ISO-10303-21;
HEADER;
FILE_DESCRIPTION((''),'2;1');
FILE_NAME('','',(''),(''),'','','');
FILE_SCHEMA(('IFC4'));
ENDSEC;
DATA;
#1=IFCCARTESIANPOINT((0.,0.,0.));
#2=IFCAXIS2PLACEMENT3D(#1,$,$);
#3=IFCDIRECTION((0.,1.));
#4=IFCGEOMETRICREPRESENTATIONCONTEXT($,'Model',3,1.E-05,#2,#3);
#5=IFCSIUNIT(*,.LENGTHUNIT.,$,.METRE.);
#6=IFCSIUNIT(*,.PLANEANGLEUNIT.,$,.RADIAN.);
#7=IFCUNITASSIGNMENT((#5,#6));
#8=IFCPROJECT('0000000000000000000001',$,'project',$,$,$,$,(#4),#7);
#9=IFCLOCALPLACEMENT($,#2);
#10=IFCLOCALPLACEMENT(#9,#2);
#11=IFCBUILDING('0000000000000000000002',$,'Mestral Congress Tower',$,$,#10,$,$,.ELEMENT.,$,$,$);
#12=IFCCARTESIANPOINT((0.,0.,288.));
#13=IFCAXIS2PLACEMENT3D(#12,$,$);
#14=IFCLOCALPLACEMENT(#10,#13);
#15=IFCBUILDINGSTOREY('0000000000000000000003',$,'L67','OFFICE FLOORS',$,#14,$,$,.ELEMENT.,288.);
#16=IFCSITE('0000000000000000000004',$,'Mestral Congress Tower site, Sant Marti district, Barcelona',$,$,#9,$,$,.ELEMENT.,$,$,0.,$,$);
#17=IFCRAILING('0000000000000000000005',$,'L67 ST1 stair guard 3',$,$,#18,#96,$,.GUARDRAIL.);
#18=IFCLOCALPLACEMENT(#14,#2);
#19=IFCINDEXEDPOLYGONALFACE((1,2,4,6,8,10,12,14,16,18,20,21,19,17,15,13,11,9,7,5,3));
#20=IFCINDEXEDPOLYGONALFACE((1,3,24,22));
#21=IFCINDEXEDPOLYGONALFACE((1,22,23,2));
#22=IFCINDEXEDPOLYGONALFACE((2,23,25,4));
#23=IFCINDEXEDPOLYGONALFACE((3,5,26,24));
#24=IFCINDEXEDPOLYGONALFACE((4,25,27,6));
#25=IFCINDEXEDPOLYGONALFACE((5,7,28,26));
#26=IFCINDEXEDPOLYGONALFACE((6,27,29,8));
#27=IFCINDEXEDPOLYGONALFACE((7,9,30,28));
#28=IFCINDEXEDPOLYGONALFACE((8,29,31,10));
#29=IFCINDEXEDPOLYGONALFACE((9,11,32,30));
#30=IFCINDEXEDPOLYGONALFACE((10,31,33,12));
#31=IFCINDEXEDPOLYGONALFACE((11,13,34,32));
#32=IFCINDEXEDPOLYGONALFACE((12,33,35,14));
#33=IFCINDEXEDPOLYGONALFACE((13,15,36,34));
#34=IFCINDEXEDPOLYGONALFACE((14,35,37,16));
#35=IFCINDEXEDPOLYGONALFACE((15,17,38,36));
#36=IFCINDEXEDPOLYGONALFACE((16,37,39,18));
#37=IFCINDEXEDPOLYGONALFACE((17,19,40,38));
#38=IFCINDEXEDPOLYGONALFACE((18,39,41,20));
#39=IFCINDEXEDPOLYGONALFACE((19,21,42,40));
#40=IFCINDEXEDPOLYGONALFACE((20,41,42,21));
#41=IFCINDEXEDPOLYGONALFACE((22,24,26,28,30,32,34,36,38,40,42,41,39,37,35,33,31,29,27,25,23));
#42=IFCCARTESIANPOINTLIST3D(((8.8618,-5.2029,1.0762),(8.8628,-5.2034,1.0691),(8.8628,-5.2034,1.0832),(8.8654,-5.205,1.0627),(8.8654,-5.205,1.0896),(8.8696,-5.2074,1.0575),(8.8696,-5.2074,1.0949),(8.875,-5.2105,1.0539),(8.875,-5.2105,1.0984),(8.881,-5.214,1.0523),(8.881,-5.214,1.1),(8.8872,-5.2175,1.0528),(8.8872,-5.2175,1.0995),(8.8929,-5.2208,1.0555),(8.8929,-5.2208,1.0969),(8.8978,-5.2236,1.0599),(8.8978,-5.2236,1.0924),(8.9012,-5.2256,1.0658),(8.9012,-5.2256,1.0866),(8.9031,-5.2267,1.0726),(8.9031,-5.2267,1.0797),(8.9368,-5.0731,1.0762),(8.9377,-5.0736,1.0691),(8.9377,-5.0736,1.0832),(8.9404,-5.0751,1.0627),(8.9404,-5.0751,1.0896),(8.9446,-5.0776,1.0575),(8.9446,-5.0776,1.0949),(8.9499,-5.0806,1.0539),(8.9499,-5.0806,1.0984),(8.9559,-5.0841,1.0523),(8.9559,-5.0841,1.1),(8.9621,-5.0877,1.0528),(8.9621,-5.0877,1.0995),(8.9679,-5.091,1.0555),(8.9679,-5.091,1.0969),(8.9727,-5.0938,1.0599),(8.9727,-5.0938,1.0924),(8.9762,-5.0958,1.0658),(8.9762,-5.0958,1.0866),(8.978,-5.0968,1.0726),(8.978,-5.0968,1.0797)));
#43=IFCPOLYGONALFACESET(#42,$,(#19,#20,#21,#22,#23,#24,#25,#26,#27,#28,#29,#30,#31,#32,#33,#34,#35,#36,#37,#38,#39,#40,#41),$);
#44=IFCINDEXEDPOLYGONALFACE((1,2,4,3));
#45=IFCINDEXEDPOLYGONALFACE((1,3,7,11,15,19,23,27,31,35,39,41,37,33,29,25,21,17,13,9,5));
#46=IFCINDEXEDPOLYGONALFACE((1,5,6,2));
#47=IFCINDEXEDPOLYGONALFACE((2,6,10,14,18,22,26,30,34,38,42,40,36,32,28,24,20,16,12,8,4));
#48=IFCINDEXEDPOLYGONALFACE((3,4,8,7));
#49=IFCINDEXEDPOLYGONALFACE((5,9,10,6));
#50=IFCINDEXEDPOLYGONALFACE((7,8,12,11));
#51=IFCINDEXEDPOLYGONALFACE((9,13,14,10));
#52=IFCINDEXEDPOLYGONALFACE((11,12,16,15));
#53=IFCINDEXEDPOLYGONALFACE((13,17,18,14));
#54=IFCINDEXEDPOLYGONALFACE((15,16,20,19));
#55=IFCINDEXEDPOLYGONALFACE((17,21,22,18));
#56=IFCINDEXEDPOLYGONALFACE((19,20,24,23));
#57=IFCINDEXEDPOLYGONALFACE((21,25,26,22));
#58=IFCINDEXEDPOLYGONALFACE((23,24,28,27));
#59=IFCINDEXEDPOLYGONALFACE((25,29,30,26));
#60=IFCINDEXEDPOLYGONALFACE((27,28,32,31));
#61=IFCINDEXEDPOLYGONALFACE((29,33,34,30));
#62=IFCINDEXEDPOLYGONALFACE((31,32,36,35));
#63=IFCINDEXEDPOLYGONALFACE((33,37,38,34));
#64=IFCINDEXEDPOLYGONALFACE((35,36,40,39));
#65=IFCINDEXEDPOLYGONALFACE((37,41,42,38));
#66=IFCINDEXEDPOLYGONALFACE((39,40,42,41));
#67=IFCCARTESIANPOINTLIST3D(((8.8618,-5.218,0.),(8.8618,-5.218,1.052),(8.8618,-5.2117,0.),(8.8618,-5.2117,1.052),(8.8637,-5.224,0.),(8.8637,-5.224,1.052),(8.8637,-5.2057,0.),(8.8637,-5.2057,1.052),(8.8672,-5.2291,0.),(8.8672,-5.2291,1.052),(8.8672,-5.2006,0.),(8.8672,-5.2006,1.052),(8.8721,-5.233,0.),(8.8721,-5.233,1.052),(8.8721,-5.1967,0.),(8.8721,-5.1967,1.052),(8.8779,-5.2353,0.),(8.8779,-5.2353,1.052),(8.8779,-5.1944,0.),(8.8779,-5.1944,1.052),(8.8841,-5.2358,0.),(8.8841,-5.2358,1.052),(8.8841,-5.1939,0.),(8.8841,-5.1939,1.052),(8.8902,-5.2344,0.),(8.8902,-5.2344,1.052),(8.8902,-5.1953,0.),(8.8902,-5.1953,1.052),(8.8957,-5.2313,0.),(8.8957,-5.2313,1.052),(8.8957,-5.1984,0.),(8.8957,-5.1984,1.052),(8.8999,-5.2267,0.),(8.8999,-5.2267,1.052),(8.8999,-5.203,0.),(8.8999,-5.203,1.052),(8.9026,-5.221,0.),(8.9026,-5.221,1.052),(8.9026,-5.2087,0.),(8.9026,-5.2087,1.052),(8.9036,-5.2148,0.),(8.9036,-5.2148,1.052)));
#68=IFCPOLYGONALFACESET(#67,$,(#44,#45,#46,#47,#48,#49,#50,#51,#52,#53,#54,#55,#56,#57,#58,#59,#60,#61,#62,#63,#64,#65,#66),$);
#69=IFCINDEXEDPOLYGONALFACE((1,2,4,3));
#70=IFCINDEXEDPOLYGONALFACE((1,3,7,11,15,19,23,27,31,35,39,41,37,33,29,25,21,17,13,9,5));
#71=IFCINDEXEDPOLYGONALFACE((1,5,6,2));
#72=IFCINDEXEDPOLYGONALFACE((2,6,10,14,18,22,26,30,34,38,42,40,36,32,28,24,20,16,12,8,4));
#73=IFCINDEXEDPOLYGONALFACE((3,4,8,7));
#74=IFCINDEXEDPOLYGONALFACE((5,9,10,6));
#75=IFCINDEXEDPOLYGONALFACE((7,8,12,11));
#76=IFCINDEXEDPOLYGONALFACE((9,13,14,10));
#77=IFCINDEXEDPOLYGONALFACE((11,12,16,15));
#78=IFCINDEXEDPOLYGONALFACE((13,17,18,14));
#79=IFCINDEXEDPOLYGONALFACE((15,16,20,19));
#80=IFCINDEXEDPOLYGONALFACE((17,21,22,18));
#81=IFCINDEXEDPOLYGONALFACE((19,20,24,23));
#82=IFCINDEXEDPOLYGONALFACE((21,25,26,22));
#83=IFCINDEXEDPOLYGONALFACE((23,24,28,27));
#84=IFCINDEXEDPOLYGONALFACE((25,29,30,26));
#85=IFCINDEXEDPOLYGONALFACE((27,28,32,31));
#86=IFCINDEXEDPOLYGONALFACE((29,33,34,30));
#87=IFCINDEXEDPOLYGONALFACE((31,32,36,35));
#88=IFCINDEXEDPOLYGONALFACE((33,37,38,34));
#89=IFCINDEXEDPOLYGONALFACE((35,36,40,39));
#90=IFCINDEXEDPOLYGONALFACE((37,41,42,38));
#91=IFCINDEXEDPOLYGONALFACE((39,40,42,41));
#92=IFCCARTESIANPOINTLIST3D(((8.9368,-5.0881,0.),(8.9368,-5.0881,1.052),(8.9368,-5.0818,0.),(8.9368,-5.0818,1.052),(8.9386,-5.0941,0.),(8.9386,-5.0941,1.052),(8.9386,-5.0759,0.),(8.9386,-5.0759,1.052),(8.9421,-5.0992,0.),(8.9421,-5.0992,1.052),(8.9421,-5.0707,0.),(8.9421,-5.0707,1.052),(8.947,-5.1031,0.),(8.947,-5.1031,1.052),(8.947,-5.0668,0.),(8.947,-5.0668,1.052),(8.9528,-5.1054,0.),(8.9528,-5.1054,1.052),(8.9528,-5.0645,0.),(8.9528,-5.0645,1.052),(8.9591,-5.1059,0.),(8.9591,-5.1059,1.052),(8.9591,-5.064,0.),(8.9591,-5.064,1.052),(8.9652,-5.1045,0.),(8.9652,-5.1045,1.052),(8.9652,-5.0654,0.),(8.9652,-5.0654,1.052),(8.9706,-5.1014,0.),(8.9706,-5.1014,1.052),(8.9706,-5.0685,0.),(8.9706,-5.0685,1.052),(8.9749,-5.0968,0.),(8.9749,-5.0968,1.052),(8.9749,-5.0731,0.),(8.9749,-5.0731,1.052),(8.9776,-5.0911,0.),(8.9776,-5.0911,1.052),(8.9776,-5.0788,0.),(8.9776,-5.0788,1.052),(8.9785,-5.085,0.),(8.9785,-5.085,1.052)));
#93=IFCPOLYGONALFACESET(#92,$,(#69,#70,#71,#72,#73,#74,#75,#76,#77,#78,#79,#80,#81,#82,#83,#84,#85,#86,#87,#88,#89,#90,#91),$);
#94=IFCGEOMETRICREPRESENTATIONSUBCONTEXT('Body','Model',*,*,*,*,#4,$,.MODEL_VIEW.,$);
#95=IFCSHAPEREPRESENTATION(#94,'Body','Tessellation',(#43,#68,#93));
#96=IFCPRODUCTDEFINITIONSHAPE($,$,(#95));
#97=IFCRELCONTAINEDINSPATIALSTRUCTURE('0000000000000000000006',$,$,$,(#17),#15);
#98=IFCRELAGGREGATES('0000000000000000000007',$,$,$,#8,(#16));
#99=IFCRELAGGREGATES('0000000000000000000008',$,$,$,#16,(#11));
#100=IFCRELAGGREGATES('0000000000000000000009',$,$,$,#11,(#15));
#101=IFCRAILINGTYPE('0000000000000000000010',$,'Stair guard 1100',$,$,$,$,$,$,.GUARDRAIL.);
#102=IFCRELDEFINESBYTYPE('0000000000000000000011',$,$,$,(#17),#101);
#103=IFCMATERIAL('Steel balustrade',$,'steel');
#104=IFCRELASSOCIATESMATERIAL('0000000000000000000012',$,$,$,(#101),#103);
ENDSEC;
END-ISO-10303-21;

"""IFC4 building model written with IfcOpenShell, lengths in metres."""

from ifc_helpers import new_model, si_unit, direction, frame, origin, origin_2d, place, context, subcontext, project, spatial, circle, extrude, material, type_object, element, save


model = new_model("IFC4")

# Units and contexts
model_context = context("Model", 3, precision=1e-05, world=origin(), true_north=direction((0.0, 1.0)))
body_context = subcontext(model_context, "Body", "Model", "MODEL_VIEW")
ifc_project = project(units=[si_unit("LENGTHUNIT", "METRE"), si_unit("PLANEANGLEUNIT", "RADIAN")], contexts=[model_context])

# Site, building, storey
site_placement = place(None, origin())
site = spatial("IfcSite", under=ifc_project, at=site_placement, Name="Mestral Congress Tower site, Sant Marti district, Barcelona", CompositionType="ELEMENT", RefElevation=0.0)
building_placement = place(site_placement, origin())
building = spatial("IfcBuilding", under=site, at=building_placement, Name="Mestral Congress Tower", CompositionType="ELEMENT")
storey_placement = place(building_placement, frame((0.0, 0.0, 288.0)))
storey = spatial("IfcBuildingStorey", under=building, at=storey_placement, Name="L67", Description="OFFICE FLOORS", CompositionType="ELEMENT", Elevation=288.0)

# Railing
ifc_material_1 = material(Name="Steel balustrade", Category="steel")
railing_type_1 = type_object("IfcRailingType", Name="Stair guard 1100", PredefinedType="GUARDRAIL", material=ifc_material_1)
railing_1_placement = place(storey_placement, frame((8.8826, -5.2148, 0.0)))
element("IfcRailing", 1, at=railing_1_placement, inside=storey, type_object=railing_type_1, Name="L67 ST1 stair guard 3", PredefinedType="GUARDRAIL", context=body_context, shape_type="SweptSolid", body=[
    extrude(circle(Radius=0.0239, at=origin_2d()), frame((0.0, 0.0, 1.0762), z_axis=(0.499816, 0.866131, 0.0), x_axis=(-0.866131, 0.499816, 0.0)), (0.0, 0.0, 1.0), 0.1499),
    extrude(circle(Radius=0.021, at=origin_2d()), origin(), (0.0, 0.0, 1.0), 1.052),
    extrude(circle(Radius=0.021, at=origin_2d()), frame((0.075, 0.1299, 0.0)), (0.0, 0.0, 1.0), 1.052),
])

save(model, "model.ifc")
